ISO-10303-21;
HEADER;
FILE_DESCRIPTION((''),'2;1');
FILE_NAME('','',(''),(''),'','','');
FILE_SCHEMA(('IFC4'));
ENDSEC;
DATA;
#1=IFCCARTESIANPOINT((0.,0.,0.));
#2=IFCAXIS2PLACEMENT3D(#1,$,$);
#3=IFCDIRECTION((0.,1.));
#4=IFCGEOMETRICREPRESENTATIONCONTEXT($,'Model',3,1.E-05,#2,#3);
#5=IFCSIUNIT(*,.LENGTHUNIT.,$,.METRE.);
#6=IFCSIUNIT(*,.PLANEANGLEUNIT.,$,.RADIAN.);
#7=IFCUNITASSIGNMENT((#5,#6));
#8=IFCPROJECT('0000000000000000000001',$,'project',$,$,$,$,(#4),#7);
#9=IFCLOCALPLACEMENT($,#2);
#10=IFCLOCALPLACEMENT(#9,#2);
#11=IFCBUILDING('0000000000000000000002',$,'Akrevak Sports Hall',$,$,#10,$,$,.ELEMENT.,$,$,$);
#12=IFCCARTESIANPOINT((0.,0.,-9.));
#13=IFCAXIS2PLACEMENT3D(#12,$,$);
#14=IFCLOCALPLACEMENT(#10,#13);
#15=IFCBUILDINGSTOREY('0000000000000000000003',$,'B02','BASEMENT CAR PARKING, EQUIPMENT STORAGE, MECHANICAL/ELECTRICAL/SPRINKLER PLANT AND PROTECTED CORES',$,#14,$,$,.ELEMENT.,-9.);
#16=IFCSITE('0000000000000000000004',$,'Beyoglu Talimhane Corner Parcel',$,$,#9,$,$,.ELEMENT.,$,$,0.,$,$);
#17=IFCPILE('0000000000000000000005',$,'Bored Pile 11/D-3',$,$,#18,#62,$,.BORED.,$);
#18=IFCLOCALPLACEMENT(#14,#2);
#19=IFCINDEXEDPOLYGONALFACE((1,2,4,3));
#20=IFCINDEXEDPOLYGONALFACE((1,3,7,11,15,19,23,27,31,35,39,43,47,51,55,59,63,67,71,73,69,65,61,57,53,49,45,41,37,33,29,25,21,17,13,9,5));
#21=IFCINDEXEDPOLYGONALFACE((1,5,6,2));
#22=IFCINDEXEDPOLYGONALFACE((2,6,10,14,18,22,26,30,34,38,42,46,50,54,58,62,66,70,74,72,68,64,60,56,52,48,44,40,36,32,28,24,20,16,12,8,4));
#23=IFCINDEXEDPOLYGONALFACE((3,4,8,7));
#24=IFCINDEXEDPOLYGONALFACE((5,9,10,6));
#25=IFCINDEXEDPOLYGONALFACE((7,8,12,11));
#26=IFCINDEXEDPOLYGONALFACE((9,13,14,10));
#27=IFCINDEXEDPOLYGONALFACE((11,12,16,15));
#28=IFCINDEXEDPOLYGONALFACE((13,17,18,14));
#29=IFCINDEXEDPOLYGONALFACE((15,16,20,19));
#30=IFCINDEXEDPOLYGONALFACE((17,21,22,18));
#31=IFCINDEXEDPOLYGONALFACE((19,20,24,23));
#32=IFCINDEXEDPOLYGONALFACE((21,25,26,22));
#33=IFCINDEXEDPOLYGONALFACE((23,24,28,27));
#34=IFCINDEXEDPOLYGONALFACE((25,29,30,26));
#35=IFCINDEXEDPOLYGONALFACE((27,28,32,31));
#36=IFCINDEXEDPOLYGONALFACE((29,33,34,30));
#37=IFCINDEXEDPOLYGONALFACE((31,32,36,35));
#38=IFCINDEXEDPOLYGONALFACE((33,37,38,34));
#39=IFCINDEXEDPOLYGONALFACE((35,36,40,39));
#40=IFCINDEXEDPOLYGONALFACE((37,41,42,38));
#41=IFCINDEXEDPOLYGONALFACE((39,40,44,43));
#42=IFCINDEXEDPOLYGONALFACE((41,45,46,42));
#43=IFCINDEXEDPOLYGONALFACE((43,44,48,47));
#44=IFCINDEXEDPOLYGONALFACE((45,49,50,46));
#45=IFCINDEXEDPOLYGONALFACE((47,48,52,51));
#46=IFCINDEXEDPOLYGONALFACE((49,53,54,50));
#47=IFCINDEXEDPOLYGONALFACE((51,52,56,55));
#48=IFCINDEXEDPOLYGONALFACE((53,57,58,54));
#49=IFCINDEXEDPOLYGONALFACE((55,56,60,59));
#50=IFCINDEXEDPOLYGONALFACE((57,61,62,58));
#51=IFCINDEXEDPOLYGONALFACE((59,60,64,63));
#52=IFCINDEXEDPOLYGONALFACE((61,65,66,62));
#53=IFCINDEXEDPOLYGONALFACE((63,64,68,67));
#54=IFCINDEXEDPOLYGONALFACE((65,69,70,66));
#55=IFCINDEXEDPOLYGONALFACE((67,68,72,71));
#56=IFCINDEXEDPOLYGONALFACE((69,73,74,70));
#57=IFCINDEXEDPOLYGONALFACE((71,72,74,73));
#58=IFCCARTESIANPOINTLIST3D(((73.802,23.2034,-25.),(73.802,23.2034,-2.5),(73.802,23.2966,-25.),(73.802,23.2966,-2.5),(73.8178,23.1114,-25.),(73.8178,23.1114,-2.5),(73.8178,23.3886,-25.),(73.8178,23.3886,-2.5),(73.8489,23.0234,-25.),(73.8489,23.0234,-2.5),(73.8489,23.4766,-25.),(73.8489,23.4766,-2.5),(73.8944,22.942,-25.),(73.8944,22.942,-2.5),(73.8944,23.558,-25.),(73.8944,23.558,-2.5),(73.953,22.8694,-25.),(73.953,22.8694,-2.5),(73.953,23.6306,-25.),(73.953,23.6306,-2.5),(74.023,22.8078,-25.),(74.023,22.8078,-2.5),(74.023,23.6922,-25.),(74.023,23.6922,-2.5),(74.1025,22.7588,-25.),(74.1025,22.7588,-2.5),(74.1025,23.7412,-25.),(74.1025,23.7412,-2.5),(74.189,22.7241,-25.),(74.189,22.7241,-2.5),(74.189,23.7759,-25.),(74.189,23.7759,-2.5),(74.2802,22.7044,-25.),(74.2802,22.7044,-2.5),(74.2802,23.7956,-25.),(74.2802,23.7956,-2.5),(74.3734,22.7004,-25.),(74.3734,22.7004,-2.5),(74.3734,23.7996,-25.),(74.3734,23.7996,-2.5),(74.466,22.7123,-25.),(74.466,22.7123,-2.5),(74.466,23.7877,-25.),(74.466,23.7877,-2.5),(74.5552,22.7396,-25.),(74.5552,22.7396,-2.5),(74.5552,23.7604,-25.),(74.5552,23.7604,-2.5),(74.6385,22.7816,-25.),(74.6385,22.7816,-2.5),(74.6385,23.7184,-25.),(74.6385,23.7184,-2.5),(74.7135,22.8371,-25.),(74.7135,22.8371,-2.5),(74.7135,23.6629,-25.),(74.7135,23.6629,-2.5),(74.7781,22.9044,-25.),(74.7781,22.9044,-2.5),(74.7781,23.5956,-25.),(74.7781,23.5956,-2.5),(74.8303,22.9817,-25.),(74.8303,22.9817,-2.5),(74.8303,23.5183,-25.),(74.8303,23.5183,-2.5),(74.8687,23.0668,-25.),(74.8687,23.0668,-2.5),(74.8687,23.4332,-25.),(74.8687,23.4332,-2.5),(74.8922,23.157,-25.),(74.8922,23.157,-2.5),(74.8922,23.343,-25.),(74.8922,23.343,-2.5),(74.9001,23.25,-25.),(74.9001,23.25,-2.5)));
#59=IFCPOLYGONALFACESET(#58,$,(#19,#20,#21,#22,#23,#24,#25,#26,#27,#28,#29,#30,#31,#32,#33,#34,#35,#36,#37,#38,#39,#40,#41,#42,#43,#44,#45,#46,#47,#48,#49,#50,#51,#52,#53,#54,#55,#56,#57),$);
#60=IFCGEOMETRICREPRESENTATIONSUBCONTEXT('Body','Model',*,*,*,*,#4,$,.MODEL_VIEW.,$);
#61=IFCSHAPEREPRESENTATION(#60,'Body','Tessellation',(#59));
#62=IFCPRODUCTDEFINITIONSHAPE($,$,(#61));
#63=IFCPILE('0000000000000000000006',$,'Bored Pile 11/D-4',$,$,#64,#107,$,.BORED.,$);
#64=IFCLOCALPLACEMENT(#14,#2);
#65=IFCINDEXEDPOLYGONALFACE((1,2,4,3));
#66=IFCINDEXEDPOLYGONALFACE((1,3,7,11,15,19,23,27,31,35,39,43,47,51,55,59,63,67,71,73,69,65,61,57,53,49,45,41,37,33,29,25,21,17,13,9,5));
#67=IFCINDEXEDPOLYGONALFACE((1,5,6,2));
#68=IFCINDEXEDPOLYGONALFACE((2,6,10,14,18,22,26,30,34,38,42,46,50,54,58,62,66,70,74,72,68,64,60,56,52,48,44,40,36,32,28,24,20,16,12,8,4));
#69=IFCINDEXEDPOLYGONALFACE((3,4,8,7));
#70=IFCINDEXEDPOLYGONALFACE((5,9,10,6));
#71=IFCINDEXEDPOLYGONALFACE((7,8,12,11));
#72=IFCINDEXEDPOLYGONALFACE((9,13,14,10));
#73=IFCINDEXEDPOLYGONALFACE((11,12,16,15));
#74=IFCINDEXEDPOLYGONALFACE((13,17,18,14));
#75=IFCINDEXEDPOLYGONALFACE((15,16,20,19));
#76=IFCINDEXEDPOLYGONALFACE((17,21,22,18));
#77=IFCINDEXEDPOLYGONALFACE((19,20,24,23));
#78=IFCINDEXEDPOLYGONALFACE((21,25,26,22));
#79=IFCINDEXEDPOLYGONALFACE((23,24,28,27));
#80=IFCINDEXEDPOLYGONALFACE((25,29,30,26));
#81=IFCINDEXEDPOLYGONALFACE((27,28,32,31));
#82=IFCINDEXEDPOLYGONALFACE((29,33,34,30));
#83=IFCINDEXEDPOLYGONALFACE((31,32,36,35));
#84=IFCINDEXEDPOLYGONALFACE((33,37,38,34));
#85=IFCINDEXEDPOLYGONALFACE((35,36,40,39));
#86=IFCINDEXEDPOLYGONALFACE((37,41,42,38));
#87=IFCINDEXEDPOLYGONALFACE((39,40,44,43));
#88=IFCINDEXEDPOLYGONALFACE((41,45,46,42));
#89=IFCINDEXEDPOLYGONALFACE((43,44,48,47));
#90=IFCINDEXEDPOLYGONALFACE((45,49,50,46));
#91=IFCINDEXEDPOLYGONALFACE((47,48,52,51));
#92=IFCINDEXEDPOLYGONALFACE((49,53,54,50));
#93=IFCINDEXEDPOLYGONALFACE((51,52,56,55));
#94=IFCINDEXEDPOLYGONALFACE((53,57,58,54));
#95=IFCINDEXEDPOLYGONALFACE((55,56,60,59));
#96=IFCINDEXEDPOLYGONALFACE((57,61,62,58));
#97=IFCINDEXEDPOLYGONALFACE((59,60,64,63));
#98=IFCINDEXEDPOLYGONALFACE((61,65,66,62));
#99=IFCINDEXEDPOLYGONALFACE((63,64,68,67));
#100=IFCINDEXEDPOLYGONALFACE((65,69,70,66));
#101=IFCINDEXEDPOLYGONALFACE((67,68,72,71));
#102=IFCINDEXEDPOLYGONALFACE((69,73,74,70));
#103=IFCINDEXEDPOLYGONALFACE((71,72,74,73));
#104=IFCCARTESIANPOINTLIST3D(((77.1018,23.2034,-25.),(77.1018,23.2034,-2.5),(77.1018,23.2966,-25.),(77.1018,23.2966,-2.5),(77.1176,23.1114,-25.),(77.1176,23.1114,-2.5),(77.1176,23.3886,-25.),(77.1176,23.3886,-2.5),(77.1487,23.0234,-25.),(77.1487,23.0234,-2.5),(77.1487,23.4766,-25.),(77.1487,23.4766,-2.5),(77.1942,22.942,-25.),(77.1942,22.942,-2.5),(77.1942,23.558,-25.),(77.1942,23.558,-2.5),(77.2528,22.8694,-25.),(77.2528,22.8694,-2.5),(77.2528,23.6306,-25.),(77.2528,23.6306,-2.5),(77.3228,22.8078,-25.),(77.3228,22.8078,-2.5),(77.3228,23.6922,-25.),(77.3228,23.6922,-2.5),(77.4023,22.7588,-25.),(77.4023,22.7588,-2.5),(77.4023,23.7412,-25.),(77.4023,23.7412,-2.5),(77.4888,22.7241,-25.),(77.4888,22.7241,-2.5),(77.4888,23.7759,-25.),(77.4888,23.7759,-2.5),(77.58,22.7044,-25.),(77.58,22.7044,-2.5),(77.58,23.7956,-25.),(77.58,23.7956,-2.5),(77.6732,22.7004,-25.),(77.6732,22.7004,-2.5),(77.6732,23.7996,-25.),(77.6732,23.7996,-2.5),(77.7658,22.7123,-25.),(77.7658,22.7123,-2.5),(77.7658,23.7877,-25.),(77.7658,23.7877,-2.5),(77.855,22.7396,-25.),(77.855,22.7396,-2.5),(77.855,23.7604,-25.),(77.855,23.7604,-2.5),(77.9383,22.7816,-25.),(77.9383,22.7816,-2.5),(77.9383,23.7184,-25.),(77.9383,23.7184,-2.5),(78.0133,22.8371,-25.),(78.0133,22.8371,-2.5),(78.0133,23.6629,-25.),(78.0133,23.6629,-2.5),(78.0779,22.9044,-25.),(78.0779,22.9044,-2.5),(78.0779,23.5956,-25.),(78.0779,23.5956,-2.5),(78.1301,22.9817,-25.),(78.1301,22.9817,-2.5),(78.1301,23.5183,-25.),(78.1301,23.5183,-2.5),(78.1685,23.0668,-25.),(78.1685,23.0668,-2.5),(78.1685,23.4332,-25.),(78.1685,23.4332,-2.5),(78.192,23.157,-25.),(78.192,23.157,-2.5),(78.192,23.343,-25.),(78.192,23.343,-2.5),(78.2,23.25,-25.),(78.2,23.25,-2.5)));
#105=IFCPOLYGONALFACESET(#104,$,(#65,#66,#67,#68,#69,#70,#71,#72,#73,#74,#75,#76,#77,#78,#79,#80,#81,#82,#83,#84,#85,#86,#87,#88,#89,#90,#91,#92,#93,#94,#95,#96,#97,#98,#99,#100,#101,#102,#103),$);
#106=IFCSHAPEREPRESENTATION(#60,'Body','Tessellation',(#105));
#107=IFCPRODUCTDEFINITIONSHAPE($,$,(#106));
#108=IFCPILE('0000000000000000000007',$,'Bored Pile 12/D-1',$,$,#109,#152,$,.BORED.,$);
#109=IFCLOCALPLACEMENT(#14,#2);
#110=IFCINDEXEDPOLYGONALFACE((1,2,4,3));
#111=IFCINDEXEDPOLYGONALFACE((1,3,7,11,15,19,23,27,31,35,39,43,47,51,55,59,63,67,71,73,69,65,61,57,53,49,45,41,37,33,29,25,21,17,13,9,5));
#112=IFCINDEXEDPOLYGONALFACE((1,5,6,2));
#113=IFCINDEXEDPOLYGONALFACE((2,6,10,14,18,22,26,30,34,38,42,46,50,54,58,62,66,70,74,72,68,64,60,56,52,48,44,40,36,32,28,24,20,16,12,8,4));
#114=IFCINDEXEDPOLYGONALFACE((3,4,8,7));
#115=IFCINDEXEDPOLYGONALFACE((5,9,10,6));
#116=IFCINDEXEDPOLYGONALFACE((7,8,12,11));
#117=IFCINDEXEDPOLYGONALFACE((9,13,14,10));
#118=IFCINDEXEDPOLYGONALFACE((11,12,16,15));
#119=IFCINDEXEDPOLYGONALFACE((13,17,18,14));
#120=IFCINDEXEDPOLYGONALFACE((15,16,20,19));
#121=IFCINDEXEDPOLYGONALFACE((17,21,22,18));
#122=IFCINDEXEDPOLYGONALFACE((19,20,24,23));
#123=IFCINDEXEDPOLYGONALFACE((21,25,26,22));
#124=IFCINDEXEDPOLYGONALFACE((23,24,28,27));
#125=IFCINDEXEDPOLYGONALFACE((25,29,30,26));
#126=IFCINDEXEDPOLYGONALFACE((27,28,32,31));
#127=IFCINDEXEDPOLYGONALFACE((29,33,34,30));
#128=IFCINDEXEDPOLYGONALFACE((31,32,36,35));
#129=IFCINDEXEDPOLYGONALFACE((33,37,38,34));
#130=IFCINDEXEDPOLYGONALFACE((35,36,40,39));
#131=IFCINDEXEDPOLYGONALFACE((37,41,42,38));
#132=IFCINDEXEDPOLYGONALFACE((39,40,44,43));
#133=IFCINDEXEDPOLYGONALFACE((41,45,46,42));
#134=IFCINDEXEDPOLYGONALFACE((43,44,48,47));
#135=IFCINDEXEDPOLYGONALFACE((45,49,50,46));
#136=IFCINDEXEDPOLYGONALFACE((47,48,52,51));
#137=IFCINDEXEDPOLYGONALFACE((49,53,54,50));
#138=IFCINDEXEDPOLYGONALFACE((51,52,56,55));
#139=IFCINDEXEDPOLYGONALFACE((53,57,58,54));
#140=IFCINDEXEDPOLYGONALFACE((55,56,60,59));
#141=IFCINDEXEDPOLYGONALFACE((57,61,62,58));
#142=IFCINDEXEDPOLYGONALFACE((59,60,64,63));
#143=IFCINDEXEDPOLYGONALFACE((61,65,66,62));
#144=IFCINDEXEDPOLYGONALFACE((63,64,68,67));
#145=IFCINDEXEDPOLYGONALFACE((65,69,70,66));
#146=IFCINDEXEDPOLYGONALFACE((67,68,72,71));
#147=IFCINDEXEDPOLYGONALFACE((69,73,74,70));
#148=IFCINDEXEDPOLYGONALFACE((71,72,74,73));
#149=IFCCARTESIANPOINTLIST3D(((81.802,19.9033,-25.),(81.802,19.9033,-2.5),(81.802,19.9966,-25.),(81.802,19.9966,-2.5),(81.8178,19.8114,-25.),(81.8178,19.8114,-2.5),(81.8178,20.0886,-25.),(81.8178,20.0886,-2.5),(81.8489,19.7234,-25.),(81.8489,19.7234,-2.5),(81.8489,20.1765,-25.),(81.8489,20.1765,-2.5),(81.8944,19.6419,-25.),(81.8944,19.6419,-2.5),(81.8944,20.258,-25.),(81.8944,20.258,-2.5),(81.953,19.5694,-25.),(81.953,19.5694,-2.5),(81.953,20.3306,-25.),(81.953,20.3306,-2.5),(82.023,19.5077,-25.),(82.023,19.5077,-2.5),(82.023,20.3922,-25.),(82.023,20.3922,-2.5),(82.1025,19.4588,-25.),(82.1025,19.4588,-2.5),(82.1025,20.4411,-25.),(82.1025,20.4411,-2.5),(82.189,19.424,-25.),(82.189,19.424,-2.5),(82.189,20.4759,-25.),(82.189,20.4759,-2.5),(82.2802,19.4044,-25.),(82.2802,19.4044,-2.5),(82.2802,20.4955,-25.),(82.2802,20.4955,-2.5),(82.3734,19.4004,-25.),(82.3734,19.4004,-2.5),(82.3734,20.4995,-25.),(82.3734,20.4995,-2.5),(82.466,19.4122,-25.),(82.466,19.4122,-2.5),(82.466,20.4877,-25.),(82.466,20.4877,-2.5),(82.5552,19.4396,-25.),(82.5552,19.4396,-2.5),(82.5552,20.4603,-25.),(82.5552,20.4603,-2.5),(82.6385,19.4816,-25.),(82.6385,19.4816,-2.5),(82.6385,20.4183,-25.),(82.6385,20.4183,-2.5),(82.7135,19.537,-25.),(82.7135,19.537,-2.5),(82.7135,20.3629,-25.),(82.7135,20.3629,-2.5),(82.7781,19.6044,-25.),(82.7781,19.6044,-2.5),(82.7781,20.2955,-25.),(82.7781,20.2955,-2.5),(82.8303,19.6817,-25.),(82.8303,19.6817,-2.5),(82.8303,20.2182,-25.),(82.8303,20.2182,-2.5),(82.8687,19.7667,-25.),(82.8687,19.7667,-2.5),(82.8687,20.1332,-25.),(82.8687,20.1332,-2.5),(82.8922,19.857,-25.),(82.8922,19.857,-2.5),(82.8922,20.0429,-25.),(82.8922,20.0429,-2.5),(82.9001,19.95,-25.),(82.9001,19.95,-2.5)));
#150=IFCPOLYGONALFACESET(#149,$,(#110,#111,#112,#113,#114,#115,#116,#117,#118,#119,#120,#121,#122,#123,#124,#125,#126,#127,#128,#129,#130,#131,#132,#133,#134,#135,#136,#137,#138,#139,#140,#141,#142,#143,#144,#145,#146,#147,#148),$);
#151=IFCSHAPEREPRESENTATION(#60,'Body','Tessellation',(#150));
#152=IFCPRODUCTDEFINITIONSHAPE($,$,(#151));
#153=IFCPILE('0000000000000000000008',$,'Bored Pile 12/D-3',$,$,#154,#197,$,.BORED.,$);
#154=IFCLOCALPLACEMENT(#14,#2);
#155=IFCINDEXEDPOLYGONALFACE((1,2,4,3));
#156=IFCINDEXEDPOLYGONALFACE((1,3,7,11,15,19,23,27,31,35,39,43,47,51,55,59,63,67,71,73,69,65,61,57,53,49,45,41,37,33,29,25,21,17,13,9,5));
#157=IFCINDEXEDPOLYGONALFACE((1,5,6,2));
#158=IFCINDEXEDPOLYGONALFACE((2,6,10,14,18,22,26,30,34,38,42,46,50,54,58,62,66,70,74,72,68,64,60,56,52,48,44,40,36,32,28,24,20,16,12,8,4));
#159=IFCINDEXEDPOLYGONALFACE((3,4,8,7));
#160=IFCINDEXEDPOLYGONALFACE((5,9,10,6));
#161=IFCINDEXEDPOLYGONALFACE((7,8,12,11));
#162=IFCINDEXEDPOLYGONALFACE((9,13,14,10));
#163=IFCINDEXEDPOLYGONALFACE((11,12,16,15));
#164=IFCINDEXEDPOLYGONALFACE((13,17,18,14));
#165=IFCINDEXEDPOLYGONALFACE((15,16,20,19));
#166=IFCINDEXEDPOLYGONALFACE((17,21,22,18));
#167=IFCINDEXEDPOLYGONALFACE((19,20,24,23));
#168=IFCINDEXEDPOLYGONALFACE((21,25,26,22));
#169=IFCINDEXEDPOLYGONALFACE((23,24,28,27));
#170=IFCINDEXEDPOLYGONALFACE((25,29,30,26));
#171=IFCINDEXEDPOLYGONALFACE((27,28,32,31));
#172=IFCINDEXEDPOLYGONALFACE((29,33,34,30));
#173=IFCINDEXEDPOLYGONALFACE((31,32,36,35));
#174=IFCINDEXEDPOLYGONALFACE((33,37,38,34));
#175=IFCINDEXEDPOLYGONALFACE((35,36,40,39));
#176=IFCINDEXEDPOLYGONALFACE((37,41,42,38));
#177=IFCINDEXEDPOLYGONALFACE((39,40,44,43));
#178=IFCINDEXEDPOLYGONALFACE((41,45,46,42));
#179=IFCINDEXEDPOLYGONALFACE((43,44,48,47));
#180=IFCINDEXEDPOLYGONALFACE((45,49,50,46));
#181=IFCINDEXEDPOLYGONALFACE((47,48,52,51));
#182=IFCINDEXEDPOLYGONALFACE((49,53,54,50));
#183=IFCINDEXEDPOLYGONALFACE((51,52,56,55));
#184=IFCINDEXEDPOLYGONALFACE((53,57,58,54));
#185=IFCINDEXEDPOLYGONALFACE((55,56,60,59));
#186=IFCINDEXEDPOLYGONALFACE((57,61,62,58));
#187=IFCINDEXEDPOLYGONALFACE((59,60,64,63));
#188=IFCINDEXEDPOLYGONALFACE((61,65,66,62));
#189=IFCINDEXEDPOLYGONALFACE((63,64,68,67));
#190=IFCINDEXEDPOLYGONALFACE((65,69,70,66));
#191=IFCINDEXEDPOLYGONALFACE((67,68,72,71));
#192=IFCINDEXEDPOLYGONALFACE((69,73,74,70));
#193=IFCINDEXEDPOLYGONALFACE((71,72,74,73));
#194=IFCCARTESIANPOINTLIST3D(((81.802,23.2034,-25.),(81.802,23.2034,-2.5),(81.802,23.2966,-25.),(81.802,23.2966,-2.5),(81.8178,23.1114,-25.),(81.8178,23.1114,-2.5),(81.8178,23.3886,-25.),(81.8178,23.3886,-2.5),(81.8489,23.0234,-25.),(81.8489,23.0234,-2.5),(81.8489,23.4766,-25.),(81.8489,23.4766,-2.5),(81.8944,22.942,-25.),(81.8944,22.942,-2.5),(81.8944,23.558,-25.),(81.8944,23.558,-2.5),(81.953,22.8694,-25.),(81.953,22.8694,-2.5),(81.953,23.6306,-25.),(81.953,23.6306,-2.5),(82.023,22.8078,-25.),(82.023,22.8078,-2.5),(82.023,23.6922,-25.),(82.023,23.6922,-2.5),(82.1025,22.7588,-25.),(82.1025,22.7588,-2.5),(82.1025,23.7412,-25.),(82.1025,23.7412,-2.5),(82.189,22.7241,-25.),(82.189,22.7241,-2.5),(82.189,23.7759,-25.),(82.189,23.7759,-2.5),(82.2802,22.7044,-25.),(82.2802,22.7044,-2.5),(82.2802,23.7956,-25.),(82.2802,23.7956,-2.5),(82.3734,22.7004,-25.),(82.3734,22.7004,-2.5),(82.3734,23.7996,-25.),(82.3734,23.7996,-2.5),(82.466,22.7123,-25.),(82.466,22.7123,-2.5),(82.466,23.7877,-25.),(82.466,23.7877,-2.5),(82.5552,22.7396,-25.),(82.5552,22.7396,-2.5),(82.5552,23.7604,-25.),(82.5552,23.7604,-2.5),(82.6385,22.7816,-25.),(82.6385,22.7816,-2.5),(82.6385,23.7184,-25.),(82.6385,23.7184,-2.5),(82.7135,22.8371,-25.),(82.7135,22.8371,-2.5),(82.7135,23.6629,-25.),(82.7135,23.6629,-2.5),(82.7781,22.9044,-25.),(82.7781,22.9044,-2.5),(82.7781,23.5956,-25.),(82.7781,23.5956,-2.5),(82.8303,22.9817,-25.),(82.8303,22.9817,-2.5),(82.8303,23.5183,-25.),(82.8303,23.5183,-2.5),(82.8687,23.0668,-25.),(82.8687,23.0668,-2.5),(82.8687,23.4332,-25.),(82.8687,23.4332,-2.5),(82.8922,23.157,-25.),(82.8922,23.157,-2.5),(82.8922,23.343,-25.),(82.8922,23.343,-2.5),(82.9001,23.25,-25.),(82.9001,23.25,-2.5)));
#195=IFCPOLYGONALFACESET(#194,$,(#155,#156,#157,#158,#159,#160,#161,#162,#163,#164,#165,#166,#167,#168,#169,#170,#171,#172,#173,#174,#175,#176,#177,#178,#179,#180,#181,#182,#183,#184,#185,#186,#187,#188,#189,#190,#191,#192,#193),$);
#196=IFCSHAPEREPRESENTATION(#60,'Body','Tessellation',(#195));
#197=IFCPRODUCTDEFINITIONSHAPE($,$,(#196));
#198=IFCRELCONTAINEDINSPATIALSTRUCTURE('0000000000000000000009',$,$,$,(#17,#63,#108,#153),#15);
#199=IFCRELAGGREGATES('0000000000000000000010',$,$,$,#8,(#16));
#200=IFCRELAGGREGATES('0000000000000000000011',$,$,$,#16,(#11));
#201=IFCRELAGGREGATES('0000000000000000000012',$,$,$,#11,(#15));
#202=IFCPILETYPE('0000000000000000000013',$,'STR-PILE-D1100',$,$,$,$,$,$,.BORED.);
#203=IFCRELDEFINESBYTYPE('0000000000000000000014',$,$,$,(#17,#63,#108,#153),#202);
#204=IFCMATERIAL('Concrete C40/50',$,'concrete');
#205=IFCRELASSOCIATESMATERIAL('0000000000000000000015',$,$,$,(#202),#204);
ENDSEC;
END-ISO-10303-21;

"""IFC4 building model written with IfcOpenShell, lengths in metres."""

from ifc_helpers import new_model, si_unit, direction, frame, origin, origin_2d, place, context, subcontext, project, spatial, circle, extrude, material, material_profile, profile_set, type_object, element, save


model = new_model("IFC4")

# Units and contexts
model_context = context("Model", 3, precision=1e-05, world=origin(), true_north=direction((0.0, 1.0)))
body_context = subcontext(model_context, "Body", "Model", "MODEL_VIEW")
ifc_project = project(units=[si_unit("LENGTHUNIT", "METRE"), si_unit("PLANEANGLEUNIT", "RADIAN")], contexts=[model_context])

# Site, building, storey
site_placement = place(None, origin())
site = spatial("IfcSite", under=ifc_project, at=site_placement, Name="Beyoglu Talimhane Corner Parcel", CompositionType="ELEMENT", RefElevation=0.0)
building_placement = place(site_placement, origin())
building = spatial("IfcBuilding", under=site, at=building_placement, Name="Akrevak Sports Hall", CompositionType="ELEMENT")
storey_placement = place(building_placement, frame((0.0, 0.0, -9.0)))
storey = spatial("IfcBuildingStorey", under=building, at=storey_placement, Name="B02", Description="BASEMENT CAR PARKING, EQUIPMENT STORAGE, MECHANICAL/ELECTRICAL/SPRINKLER PLANT AND PROTECTED CORES", CompositionType="ELEMENT", Elevation=-9.0)

# Shared definitions
ifc_material_1 = material(Name="Concrete C40/50", Category="concrete")

# Piles
ifc_material_profile_1 = material_profile(ifc_material_1, circle(Radius=0.55, at=origin_2d()), Name="BORED PILE D1100", Category="concrete")
ifc_profile_set_1 = profile_set([ifc_material_profile_1], Name="Concrete C40/50")
pile_type_1 = type_object("IfcPileType", Name="STR-PILE-D1100", PredefinedType="BORED", material=ifc_profile_set_1)
for number, where, z_axis, x_axis, name in (
    (1, (74.3501, 23.25, -2.5), (0.0, 0.0, -1.0), (1.0, 0.0, 0.0), "Bored Pile 11/D-3"),
    (2, (77.6499, 23.25, -2.5), (0.0, 0.0, -1.0), (1.0, 0.0, 0.0), "Bored Pile 11/D-4"),
    (3, (82.3501, 19.95, -2.5), (0.0, 0.0, -1.0), (1.0, 0.0, 0.0), "Bored Pile 12/D-1"),
    (4, (82.3501, 23.25, -2.5), (0.0, 0.0, -1.0), (1.0, 0.0, 0.0), "Bored Pile 12/D-3"),
):
    element("IfcPile", number, at=place(storey_placement, frame(where, z_axis=z_axis, x_axis=x_axis)), inside=storey, type_object=pile_type_1, Name=name, PredefinedType="BORED", context=body_context, shape_type="SweptSolid", body=[
        extrude(circle(Radius=0.55, at=origin_2d()), origin(), (0.0, 0.0, 1.0), 22.5),
    ])

save(model, "model.ifc")
